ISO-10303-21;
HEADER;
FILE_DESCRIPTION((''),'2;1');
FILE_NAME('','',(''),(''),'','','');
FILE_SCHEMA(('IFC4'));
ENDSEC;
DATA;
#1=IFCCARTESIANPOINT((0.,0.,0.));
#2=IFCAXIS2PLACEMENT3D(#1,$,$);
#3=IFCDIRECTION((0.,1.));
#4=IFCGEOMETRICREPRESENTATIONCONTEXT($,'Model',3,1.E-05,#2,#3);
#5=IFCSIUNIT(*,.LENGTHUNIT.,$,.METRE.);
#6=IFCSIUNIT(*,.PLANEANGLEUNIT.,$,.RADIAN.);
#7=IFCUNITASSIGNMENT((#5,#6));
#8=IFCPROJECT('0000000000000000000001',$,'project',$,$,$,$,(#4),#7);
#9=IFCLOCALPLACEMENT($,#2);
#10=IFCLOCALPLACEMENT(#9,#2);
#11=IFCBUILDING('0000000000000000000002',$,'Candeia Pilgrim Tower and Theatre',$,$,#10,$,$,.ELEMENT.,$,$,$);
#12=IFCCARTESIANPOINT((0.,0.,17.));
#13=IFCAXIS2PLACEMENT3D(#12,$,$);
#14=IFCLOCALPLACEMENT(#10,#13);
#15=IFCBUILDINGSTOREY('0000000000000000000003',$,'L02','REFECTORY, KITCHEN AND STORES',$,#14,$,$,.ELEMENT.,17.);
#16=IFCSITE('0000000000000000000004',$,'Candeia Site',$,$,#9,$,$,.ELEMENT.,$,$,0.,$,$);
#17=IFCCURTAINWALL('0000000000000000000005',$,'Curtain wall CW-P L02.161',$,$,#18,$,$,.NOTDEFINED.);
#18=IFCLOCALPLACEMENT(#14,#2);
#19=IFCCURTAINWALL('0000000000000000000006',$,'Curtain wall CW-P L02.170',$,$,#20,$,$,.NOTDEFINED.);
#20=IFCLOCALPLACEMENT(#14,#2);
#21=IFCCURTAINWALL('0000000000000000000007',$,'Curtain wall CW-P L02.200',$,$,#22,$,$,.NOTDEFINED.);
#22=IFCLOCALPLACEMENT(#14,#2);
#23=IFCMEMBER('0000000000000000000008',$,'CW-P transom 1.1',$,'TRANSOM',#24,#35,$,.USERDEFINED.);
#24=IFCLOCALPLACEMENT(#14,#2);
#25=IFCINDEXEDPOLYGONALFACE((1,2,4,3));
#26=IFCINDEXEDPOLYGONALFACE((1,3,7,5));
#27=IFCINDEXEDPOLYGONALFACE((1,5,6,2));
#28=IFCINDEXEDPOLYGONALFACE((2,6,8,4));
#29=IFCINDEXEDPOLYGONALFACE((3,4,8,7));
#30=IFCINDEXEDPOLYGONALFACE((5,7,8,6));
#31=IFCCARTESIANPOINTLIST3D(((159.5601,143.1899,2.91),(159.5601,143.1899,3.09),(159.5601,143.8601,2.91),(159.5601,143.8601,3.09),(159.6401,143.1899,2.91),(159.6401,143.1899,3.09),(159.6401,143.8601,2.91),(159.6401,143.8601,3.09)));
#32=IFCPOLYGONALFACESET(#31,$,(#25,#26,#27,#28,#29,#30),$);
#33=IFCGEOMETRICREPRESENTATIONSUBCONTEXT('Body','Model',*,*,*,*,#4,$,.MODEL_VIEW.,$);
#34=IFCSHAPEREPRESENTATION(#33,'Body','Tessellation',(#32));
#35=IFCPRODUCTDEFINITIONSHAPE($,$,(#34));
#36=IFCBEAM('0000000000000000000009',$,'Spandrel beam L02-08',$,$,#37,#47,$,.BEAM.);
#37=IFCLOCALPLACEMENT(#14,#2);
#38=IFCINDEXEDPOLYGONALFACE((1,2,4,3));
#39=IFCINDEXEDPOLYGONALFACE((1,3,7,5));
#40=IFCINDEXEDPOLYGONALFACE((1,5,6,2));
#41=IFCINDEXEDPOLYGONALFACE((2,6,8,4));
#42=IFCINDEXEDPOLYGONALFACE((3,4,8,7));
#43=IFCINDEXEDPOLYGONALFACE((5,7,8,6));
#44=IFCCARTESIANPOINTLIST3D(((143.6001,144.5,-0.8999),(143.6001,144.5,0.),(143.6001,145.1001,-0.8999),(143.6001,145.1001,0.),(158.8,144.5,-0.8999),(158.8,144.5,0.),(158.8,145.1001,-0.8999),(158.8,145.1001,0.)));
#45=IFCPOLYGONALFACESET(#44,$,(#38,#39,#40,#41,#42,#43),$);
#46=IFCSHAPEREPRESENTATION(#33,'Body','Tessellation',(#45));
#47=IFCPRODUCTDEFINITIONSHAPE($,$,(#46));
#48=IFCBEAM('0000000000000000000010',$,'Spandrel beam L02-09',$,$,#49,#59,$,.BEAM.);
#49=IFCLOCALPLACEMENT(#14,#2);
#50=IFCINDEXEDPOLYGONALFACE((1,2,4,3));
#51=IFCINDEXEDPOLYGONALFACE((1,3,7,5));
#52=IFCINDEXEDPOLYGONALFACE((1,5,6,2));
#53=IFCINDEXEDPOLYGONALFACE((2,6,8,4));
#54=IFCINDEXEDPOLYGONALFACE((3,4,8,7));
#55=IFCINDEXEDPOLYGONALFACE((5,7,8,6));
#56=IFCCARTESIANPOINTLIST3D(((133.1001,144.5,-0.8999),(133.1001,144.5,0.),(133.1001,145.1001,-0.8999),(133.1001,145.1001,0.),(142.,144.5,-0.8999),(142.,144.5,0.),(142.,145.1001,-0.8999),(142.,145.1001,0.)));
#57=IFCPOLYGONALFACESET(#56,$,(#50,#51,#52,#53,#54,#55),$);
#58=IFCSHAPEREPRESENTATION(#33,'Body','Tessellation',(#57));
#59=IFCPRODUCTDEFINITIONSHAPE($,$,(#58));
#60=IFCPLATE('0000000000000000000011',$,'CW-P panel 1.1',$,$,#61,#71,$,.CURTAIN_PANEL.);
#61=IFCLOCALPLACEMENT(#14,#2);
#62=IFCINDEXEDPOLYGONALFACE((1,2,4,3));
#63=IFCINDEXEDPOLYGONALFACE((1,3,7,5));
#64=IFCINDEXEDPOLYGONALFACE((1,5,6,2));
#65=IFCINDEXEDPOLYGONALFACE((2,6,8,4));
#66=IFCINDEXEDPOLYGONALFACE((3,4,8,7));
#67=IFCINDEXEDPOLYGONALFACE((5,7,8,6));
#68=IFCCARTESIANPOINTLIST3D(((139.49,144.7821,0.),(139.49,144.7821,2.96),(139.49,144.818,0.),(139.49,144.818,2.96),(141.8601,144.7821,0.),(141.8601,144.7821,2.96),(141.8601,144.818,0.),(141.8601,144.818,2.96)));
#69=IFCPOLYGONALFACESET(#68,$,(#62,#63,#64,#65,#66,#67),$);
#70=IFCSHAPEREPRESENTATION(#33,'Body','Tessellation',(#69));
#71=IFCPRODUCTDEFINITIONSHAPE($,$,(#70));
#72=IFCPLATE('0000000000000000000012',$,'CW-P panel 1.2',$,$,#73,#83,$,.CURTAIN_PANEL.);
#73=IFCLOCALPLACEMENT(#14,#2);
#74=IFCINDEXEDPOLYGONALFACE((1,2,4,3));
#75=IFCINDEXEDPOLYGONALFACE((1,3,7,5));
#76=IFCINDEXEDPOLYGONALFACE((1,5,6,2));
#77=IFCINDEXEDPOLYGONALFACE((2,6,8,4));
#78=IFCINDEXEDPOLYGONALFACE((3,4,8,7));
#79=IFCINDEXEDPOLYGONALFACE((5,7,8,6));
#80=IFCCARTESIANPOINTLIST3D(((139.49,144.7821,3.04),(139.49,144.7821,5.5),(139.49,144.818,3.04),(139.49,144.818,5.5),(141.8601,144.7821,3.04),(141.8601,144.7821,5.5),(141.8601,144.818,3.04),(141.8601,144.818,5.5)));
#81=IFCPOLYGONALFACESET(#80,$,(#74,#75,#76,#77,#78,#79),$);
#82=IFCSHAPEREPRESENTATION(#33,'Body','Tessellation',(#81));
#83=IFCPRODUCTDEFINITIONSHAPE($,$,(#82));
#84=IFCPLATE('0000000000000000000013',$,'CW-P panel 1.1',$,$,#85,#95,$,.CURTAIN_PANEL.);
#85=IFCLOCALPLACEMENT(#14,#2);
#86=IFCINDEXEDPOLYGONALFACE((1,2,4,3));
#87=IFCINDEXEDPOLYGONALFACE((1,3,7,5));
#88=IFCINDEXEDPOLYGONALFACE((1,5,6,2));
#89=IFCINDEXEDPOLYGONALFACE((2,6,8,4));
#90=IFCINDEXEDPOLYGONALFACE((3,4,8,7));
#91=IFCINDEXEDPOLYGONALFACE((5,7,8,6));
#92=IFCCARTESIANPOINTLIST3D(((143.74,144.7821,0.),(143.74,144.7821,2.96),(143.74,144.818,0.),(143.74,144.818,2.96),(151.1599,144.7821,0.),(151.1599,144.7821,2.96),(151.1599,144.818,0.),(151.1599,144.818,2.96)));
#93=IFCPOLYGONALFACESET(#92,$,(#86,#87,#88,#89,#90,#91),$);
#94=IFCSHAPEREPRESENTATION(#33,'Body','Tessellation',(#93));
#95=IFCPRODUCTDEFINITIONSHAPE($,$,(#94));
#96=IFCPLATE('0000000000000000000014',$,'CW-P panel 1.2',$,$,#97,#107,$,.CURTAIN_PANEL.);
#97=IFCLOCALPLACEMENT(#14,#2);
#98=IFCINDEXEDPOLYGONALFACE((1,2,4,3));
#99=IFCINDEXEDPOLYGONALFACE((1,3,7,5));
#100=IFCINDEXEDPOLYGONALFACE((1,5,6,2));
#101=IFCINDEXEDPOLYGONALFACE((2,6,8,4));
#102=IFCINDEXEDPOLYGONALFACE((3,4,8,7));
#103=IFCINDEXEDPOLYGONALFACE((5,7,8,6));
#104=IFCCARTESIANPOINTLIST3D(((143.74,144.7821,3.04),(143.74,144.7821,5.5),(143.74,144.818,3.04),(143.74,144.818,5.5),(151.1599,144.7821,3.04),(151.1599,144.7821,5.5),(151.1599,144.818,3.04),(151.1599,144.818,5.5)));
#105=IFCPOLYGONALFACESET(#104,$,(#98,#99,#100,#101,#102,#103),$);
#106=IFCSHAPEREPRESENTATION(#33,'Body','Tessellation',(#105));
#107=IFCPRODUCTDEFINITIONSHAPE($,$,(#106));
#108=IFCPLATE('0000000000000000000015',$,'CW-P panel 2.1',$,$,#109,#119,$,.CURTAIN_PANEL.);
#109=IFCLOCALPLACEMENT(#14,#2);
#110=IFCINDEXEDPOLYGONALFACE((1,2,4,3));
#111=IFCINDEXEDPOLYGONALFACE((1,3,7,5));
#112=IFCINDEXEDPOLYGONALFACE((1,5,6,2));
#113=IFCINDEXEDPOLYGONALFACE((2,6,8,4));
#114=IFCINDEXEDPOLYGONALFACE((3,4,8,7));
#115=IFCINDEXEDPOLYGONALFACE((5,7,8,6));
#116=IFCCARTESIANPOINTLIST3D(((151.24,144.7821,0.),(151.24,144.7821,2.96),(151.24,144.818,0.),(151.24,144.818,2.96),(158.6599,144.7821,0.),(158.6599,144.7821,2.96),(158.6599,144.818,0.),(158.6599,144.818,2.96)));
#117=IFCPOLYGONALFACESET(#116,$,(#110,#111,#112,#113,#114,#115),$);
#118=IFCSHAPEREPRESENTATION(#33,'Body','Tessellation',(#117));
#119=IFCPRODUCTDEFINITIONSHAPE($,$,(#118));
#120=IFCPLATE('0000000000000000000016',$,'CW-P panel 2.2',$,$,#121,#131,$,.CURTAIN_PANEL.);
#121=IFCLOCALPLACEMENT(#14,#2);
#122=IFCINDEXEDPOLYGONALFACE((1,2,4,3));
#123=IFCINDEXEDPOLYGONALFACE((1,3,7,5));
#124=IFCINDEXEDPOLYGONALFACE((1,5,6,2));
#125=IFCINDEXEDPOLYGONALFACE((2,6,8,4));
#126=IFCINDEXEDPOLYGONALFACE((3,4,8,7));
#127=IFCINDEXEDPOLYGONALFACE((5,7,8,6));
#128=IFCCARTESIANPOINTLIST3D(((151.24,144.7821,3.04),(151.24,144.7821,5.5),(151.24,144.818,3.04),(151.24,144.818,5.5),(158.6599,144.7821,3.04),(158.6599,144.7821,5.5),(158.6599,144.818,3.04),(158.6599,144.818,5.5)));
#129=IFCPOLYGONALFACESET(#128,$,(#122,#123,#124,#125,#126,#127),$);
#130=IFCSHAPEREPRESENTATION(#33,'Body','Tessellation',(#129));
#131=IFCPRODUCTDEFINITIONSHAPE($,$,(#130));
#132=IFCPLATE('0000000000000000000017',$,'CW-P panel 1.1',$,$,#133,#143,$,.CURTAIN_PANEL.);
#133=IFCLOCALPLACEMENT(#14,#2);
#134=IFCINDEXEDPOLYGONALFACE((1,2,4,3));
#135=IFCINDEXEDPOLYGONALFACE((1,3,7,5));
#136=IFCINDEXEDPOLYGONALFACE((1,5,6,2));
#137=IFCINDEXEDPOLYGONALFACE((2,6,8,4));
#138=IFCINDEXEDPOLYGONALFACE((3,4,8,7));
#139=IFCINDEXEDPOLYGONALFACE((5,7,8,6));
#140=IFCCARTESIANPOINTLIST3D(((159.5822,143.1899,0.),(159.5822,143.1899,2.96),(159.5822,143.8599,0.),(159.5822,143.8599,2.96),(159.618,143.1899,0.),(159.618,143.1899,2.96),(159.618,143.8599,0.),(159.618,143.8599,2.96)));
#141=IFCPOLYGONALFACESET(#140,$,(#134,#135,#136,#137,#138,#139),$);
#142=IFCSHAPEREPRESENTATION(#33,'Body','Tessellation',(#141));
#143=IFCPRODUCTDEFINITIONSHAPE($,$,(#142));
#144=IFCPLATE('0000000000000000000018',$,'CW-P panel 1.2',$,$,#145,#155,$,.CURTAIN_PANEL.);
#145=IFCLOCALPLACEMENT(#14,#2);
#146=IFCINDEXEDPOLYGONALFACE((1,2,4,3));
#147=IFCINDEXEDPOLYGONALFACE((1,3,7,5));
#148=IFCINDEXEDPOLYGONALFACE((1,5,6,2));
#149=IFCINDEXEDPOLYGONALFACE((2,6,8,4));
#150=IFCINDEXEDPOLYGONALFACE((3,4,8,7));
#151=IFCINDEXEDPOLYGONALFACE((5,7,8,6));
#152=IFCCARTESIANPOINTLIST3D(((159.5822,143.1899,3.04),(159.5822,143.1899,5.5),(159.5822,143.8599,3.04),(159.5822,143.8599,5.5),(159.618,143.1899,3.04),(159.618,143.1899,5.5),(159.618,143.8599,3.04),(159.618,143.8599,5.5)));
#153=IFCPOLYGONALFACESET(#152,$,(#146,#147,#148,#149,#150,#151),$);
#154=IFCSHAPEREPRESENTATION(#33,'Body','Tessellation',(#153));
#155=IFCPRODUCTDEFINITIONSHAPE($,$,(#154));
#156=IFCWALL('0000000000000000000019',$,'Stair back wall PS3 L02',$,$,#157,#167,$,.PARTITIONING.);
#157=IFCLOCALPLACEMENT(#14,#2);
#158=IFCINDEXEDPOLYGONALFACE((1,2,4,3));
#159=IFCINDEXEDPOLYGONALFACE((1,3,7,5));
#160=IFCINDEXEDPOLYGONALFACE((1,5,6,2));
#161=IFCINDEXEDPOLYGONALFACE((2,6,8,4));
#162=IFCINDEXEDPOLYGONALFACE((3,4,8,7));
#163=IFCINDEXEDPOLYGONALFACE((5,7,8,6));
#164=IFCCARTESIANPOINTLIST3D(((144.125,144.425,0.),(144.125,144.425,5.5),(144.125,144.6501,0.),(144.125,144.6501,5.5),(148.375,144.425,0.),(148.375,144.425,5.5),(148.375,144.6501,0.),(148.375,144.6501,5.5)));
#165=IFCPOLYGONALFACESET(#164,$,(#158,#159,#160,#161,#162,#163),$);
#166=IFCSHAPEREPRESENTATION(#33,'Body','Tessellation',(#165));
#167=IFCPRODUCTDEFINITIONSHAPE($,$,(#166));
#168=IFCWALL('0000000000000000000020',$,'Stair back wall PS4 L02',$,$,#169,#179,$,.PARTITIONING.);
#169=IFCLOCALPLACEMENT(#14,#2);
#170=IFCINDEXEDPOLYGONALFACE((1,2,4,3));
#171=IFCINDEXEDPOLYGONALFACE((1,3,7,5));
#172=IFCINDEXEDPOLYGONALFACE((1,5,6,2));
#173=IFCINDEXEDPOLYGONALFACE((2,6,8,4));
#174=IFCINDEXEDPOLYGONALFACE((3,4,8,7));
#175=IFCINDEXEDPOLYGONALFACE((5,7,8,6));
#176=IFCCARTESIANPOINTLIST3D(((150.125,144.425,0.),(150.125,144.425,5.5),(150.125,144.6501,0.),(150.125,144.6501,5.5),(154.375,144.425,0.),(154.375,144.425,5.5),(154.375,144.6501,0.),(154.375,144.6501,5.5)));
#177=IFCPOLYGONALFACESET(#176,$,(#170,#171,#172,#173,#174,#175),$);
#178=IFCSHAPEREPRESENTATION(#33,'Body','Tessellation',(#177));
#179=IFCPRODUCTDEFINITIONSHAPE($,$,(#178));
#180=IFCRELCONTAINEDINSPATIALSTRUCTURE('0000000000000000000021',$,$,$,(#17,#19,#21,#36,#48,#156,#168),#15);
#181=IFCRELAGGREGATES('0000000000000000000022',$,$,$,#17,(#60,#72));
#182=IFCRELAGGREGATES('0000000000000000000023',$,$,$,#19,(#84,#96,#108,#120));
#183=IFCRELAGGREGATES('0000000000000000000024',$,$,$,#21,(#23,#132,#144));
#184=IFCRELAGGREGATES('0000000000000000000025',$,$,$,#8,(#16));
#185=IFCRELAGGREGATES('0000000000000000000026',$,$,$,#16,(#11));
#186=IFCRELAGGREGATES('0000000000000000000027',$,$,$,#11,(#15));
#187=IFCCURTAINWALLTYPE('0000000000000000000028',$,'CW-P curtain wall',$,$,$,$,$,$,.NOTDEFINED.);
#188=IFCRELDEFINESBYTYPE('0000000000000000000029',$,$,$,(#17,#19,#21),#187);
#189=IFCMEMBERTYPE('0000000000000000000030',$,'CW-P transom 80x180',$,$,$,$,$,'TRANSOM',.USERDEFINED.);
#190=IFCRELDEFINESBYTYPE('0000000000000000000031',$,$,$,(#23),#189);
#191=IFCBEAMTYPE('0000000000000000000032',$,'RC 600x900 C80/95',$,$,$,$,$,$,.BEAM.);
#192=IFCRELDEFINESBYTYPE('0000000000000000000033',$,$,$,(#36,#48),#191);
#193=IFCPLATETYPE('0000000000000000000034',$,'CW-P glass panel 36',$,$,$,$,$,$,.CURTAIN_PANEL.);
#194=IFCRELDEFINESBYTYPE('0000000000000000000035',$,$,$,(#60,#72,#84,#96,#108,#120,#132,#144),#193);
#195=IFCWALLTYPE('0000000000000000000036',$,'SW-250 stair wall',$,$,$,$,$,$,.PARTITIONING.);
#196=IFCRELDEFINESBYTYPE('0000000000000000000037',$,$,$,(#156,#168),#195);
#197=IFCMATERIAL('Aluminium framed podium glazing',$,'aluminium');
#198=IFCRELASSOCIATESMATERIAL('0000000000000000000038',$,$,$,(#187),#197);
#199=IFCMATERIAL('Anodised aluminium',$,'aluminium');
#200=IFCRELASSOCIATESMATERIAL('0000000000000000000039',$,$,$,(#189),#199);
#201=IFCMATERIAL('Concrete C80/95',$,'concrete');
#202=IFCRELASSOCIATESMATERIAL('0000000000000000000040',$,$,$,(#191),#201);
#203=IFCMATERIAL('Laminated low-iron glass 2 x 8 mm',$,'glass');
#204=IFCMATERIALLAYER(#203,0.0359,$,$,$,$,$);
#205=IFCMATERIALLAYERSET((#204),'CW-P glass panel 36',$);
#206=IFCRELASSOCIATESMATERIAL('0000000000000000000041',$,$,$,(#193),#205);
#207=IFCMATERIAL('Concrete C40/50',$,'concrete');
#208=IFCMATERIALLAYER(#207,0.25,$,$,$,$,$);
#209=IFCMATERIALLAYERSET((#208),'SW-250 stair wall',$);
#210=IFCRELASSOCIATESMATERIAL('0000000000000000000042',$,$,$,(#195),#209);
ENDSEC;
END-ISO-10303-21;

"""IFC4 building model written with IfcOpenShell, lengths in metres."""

from ifc_helpers import new_model, si_unit, direction, frame, frame_2d, origin, origin_2d, place, context, subcontext, project, spatial, rectangle, extrude, material, layer, layer_set, material_profile, profile_set, type_object, element, aggregate, save


model = new_model("IFC4")

# Units and contexts
model_context = context("Model", 3, precision=1e-05, world=origin(), true_north=direction((0.0, 1.0)))
body_context = subcontext(model_context, "Body", "Model", "MODEL_VIEW")
ifc_project = project(units=[si_unit("LENGTHUNIT", "METRE"), si_unit("PLANEANGLEUNIT", "RADIAN")], contexts=[model_context])

# Site, building, storey
site_placement = place(None, origin())
site = spatial("IfcSite", under=ifc_project, at=site_placement, Name="Candeia Site", CompositionType="ELEMENT", RefElevation=0.0)
building_placement = place(site_placement, origin())
building = spatial("IfcBuilding", under=site, at=building_placement, Name="Candeia Pilgrim Tower and Theatre", CompositionType="ELEMENT")
storey_placement = place(building_placement, frame((0.0, 0.0, 17.0)))
storey = spatial("IfcBuildingStorey", under=building, at=storey_placement, Name="L02", Description="REFECTORY, KITCHEN AND STORES", CompositionType="ELEMENT", Elevation=17.0)

# Shared definitions
ifc_material_1 = material(Name="Concrete C40/50", Category="concrete")
ifc_material_2 = material(Name="Concrete C80/95", Category="concrete")

# Curtain walls
ifc_material_3 = material(Name="Aluminium framed podium glazing", Category="aluminium")
curtain_wall_type = type_object("IfcCurtainWallType", Name="CW-P curtain wall", PredefinedType="NOTDEFINED", material=ifc_material_3)
curtain_wall_1_placement = place(storey_placement, origin())
curtain_wall_1 = element("IfcCurtainWall", 1, at=curtain_wall_1_placement, inside=storey, type_object=curtain_wall_type, Name="Curtain wall CW-P L02.161", PredefinedType="NOTDEFINED")
ifc_material_4 = material(Name="Anodised aluminium", Category="aluminium")
curtain_wall_2_placement = place(storey_placement, origin())
curtain_wall_2 = element("IfcCurtainWall", 2, at=curtain_wall_2_placement, inside=storey, type_object=curtain_wall_type, Name="Curtain wall CW-P L02.170", PredefinedType="NOTDEFINED")
curtain_wall_3_placement = place(storey_placement, origin())
curtain_wall_3 = element("IfcCurtainWall", 3, at=curtain_wall_3_placement, inside=storey, type_object=curtain_wall_type, Name="Curtain wall CW-P L02.200", PredefinedType="NOTDEFINED")

# Member
ifc_material_profile_1 = material_profile(ifc_material_4, rectangle(XDim=0.0801, YDim=0.1799, at=origin_2d()))
ifc_profile_set_1 = profile_set([ifc_material_profile_1], Name="Anodised aluminium")
member_type_1 = type_object("IfcMemberType", Name="CW-P transom 80x180", ElementType="TRANSOM", PredefinedType="USERDEFINED", material=ifc_profile_set_1)
member_1_placement = place(storey_placement, frame((159.6001, 143.8601, 3.0), z_axis=(0.0, -1.0, 0.0), x_axis=(1.0, 0.0, 0.0)))
member_1 = element("IfcMember", 4, at=member_1_placement, type_object=member_type_1, Name="CW-P transom 1.1", ObjectType="TRANSOM", PredefinedType="USERDEFINED", context=body_context, shape_type="SweptSolid", body=[
    extrude(rectangle(XDim=0.0801, YDim=0.1799, at=origin_2d()), origin(), (0.0, 0.0, 1.0), 0.6702),
])

# Beams
ifc_material_profile_2 = material_profile(ifc_material_2, rectangle(XDim=0.6001, YDim=0.8999, at=origin_2d()))
ifc_profile_set_2 = profile_set([ifc_material_profile_2], Name="Concrete C80/95")
beam_type = type_object("IfcBeamType", Name="RC 600x900 C80/95", PredefinedType="BEAM", material=ifc_profile_set_2)
beam_1_placement = place(storey_placement, frame((158.8, 144.8, -0.45), z_axis=(-1.0, 0.0, 0.0), x_axis=(0.0, -1.0, 0.0)))
element("IfcBeam", 5, at=beam_1_placement, inside=storey, type_object=beam_type, Name="Spandrel beam L02-08", PredefinedType="BEAM", context=body_context, shape_type="SweptSolid", body=[
    extrude(rectangle(XDim=0.6001, YDim=0.8999, at=origin_2d()), origin(), (0.0, 0.0, 1.0), 15.2),
])
beam_2_placement = place(storey_placement, frame((142.0, 144.8, -0.45), z_axis=(-1.0, 0.0, 0.0), x_axis=(0.0, -1.0, 0.0)))
element("IfcBeam", 6, at=beam_2_placement, inside=storey, type_object=beam_type, Name="Spandrel beam L02-09", PredefinedType="BEAM", context=body_context, shape_type="SweptSolid", body=[
    extrude(rectangle(XDim=0.6001, YDim=0.8999, at=origin_2d()), origin(), (0.0, 0.0, 1.0), 8.8999),
])

# Plates
ifc_material_5 = material(Name="Laminated low-iron glass 2 x 8 mm", Category="glass")
ifc_layer_1 = layer(ifc_material_5, 0.0359)
ifc_layer_set_1 = layer_set([ifc_layer_1], Name="CW-P glass panel 36")
plate_type = type_object("IfcPlateType", Name="CW-P glass panel 36", PredefinedType="CURTAIN_PANEL", material=ifc_layer_set_1)
plate_1_placement = place(storey_placement, frame((140.675, 144.8, 0.0), z_axis=(0.0, 0.0, 1.0), x_axis=(1.0, 0.0, 0.0)))
plate_1 = element("IfcPlate", 7, at=plate_1_placement, type_object=plate_type, Name="CW-P panel 1.1", PredefinedType="CURTAIN_PANEL", context=body_context, shape_type="SweptSolid", body=[
    extrude(rectangle(XDim=2.3701, YDim=0.0359, at=origin_2d()), origin(), (0.0, 0.0, 1.0), 2.96),
])
plate_2_placement = place(storey_placement, frame((140.675, 144.8, 3.04), z_axis=(0.0, 0.0, 1.0), x_axis=(1.0, 0.0, 0.0)))
plate_2 = element("IfcPlate", 8, at=plate_2_placement, type_object=plate_type, Name="CW-P panel 1.2", PredefinedType="CURTAIN_PANEL", context=body_context, shape_type="SweptSolid", body=[
    extrude(rectangle(XDim=2.3701, YDim=0.0359, at=origin_2d()), origin(), (0.0, 0.0, 1.0), 2.46),
])
aggregate(curtain_wall_1, [plate_1, plate_2])
plate_3_placement = place(storey_placement, frame((147.45, 144.8, 0.0), z_axis=(0.0, 0.0, 1.0), x_axis=(1.0, 0.0, 0.0)))
plate_3 = element("IfcPlate", 9, at=plate_3_placement, type_object=plate_type, Name="CW-P panel 1.1", PredefinedType="CURTAIN_PANEL", context=body_context, shape_type="SweptSolid", body=[
    extrude(rectangle(XDim=7.4199, YDim=0.0359, at=origin_2d()), origin(), (0.0, 0.0, 1.0), 2.96),
])
plate_4_placement = place(storey_placement, frame((147.45, 144.8, 3.04), z_axis=(0.0, 0.0, 1.0), x_axis=(1.0, 0.0, 0.0)))
plate_4 = element("IfcPlate", 10, at=plate_4_placement, type_object=plate_type, Name="CW-P panel 1.2", PredefinedType="CURTAIN_PANEL", context=body_context, shape_type="SweptSolid", body=[
    extrude(rectangle(XDim=7.4199, YDim=0.0359, at=origin_2d()), origin(), (0.0, 0.0, 1.0), 2.46),
])
plate_5_placement = place(storey_placement, frame((154.95, 144.8, 0.0), z_axis=(0.0, 0.0, 1.0), x_axis=(1.0, 0.0, 0.0)))
plate_5 = element("IfcPlate", 11, at=plate_5_placement, type_object=plate_type, Name="CW-P panel 2.1", PredefinedType="CURTAIN_PANEL", context=body_context, shape_type="SweptSolid", body=[
    extrude(rectangle(XDim=7.4199, YDim=0.0359, at=origin_2d()), origin(), (0.0, 0.0, 1.0), 2.96),
])
plate_6_placement = place(storey_placement, frame((154.95, 144.8, 3.04), z_axis=(0.0, 0.0, 1.0), x_axis=(1.0, 0.0, 0.0)))
plate_6 = element("IfcPlate", 12, at=plate_6_placement, type_object=plate_type, Name="CW-P panel 2.2", PredefinedType="CURTAIN_PANEL", context=body_context, shape_type="SweptSolid", body=[
    extrude(rectangle(XDim=7.4199, YDim=0.0359, at=origin_2d()), origin(), (0.0, 0.0, 1.0), 2.46),
])
aggregate(curtain_wall_2, [plate_3, plate_4, plate_5, plate_6])
plate_7_placement = place(storey_placement, frame((159.6001, 143.5249, 0.0), z_axis=(0.0, 0.0, 1.0), x_axis=(0.0, -1.0, 0.0)))
plate_7 = element("IfcPlate", 13, at=plate_7_placement, type_object=plate_type, Name="CW-P panel 1.1", PredefinedType="CURTAIN_PANEL", context=body_context, shape_type="SweptSolid", body=[
    extrude(rectangle(XDim=0.6699, YDim=0.0359, at=origin_2d()), origin(), (0.0, 0.0, 1.0), 2.96),
])
plate_8_placement = place(storey_placement, frame((159.6001, 143.5249, 3.04), z_axis=(0.0, 0.0, 1.0), x_axis=(0.0, -1.0, 0.0)))
plate_8 = element("IfcPlate", 14, at=plate_8_placement, type_object=plate_type, Name="CW-P panel 1.2", PredefinedType="CURTAIN_PANEL", context=body_context, shape_type="SweptSolid", body=[
    extrude(rectangle(XDim=0.6699, YDim=0.0359, at=origin_2d()), origin(), (0.0, 0.0, 1.0), 2.46),
])
aggregate(curtain_wall_3, [member_1, plate_7, plate_8])

# Walls
ifc_layer_2 = layer(ifc_material_1, 0.25)
ifc_layer_set_2 = layer_set([ifc_layer_2], Name="SW-250 stair wall")
wall_type = type_object("IfcWallType", Name="SW-250 stair wall", PredefinedType="PARTITIONING", material=ifc_layer_set_2)
for number, where, z_axis, x_axis, name in (
    (15, (144.125, 144.5376, 0.0), (0.0, 0.0, 1.0), (1.0, 0.0, 0.0), "Stair back wall PS3 L02"),
    (16, (150.125, 144.5376, 0.0), (0.0, 0.0, 1.0), (1.0, 0.0, 0.0), "Stair back wall PS4 L02"),
):
    element("IfcWall", number, at=place(storey_placement, frame(where, z_axis=z_axis, x_axis=x_axis)), inside=storey, type_object=wall_type, Name=name, PredefinedType="PARTITIONING", context=body_context, shape_type="SweptSolid", body=[
        extrude(rectangle(XDim=4.25, YDim=0.2251, at=frame_2d((2.125, 0.0))), origin(), (0.0, 0.0, 1.0), 5.5),
    ])

save(model, "model.ifc")
